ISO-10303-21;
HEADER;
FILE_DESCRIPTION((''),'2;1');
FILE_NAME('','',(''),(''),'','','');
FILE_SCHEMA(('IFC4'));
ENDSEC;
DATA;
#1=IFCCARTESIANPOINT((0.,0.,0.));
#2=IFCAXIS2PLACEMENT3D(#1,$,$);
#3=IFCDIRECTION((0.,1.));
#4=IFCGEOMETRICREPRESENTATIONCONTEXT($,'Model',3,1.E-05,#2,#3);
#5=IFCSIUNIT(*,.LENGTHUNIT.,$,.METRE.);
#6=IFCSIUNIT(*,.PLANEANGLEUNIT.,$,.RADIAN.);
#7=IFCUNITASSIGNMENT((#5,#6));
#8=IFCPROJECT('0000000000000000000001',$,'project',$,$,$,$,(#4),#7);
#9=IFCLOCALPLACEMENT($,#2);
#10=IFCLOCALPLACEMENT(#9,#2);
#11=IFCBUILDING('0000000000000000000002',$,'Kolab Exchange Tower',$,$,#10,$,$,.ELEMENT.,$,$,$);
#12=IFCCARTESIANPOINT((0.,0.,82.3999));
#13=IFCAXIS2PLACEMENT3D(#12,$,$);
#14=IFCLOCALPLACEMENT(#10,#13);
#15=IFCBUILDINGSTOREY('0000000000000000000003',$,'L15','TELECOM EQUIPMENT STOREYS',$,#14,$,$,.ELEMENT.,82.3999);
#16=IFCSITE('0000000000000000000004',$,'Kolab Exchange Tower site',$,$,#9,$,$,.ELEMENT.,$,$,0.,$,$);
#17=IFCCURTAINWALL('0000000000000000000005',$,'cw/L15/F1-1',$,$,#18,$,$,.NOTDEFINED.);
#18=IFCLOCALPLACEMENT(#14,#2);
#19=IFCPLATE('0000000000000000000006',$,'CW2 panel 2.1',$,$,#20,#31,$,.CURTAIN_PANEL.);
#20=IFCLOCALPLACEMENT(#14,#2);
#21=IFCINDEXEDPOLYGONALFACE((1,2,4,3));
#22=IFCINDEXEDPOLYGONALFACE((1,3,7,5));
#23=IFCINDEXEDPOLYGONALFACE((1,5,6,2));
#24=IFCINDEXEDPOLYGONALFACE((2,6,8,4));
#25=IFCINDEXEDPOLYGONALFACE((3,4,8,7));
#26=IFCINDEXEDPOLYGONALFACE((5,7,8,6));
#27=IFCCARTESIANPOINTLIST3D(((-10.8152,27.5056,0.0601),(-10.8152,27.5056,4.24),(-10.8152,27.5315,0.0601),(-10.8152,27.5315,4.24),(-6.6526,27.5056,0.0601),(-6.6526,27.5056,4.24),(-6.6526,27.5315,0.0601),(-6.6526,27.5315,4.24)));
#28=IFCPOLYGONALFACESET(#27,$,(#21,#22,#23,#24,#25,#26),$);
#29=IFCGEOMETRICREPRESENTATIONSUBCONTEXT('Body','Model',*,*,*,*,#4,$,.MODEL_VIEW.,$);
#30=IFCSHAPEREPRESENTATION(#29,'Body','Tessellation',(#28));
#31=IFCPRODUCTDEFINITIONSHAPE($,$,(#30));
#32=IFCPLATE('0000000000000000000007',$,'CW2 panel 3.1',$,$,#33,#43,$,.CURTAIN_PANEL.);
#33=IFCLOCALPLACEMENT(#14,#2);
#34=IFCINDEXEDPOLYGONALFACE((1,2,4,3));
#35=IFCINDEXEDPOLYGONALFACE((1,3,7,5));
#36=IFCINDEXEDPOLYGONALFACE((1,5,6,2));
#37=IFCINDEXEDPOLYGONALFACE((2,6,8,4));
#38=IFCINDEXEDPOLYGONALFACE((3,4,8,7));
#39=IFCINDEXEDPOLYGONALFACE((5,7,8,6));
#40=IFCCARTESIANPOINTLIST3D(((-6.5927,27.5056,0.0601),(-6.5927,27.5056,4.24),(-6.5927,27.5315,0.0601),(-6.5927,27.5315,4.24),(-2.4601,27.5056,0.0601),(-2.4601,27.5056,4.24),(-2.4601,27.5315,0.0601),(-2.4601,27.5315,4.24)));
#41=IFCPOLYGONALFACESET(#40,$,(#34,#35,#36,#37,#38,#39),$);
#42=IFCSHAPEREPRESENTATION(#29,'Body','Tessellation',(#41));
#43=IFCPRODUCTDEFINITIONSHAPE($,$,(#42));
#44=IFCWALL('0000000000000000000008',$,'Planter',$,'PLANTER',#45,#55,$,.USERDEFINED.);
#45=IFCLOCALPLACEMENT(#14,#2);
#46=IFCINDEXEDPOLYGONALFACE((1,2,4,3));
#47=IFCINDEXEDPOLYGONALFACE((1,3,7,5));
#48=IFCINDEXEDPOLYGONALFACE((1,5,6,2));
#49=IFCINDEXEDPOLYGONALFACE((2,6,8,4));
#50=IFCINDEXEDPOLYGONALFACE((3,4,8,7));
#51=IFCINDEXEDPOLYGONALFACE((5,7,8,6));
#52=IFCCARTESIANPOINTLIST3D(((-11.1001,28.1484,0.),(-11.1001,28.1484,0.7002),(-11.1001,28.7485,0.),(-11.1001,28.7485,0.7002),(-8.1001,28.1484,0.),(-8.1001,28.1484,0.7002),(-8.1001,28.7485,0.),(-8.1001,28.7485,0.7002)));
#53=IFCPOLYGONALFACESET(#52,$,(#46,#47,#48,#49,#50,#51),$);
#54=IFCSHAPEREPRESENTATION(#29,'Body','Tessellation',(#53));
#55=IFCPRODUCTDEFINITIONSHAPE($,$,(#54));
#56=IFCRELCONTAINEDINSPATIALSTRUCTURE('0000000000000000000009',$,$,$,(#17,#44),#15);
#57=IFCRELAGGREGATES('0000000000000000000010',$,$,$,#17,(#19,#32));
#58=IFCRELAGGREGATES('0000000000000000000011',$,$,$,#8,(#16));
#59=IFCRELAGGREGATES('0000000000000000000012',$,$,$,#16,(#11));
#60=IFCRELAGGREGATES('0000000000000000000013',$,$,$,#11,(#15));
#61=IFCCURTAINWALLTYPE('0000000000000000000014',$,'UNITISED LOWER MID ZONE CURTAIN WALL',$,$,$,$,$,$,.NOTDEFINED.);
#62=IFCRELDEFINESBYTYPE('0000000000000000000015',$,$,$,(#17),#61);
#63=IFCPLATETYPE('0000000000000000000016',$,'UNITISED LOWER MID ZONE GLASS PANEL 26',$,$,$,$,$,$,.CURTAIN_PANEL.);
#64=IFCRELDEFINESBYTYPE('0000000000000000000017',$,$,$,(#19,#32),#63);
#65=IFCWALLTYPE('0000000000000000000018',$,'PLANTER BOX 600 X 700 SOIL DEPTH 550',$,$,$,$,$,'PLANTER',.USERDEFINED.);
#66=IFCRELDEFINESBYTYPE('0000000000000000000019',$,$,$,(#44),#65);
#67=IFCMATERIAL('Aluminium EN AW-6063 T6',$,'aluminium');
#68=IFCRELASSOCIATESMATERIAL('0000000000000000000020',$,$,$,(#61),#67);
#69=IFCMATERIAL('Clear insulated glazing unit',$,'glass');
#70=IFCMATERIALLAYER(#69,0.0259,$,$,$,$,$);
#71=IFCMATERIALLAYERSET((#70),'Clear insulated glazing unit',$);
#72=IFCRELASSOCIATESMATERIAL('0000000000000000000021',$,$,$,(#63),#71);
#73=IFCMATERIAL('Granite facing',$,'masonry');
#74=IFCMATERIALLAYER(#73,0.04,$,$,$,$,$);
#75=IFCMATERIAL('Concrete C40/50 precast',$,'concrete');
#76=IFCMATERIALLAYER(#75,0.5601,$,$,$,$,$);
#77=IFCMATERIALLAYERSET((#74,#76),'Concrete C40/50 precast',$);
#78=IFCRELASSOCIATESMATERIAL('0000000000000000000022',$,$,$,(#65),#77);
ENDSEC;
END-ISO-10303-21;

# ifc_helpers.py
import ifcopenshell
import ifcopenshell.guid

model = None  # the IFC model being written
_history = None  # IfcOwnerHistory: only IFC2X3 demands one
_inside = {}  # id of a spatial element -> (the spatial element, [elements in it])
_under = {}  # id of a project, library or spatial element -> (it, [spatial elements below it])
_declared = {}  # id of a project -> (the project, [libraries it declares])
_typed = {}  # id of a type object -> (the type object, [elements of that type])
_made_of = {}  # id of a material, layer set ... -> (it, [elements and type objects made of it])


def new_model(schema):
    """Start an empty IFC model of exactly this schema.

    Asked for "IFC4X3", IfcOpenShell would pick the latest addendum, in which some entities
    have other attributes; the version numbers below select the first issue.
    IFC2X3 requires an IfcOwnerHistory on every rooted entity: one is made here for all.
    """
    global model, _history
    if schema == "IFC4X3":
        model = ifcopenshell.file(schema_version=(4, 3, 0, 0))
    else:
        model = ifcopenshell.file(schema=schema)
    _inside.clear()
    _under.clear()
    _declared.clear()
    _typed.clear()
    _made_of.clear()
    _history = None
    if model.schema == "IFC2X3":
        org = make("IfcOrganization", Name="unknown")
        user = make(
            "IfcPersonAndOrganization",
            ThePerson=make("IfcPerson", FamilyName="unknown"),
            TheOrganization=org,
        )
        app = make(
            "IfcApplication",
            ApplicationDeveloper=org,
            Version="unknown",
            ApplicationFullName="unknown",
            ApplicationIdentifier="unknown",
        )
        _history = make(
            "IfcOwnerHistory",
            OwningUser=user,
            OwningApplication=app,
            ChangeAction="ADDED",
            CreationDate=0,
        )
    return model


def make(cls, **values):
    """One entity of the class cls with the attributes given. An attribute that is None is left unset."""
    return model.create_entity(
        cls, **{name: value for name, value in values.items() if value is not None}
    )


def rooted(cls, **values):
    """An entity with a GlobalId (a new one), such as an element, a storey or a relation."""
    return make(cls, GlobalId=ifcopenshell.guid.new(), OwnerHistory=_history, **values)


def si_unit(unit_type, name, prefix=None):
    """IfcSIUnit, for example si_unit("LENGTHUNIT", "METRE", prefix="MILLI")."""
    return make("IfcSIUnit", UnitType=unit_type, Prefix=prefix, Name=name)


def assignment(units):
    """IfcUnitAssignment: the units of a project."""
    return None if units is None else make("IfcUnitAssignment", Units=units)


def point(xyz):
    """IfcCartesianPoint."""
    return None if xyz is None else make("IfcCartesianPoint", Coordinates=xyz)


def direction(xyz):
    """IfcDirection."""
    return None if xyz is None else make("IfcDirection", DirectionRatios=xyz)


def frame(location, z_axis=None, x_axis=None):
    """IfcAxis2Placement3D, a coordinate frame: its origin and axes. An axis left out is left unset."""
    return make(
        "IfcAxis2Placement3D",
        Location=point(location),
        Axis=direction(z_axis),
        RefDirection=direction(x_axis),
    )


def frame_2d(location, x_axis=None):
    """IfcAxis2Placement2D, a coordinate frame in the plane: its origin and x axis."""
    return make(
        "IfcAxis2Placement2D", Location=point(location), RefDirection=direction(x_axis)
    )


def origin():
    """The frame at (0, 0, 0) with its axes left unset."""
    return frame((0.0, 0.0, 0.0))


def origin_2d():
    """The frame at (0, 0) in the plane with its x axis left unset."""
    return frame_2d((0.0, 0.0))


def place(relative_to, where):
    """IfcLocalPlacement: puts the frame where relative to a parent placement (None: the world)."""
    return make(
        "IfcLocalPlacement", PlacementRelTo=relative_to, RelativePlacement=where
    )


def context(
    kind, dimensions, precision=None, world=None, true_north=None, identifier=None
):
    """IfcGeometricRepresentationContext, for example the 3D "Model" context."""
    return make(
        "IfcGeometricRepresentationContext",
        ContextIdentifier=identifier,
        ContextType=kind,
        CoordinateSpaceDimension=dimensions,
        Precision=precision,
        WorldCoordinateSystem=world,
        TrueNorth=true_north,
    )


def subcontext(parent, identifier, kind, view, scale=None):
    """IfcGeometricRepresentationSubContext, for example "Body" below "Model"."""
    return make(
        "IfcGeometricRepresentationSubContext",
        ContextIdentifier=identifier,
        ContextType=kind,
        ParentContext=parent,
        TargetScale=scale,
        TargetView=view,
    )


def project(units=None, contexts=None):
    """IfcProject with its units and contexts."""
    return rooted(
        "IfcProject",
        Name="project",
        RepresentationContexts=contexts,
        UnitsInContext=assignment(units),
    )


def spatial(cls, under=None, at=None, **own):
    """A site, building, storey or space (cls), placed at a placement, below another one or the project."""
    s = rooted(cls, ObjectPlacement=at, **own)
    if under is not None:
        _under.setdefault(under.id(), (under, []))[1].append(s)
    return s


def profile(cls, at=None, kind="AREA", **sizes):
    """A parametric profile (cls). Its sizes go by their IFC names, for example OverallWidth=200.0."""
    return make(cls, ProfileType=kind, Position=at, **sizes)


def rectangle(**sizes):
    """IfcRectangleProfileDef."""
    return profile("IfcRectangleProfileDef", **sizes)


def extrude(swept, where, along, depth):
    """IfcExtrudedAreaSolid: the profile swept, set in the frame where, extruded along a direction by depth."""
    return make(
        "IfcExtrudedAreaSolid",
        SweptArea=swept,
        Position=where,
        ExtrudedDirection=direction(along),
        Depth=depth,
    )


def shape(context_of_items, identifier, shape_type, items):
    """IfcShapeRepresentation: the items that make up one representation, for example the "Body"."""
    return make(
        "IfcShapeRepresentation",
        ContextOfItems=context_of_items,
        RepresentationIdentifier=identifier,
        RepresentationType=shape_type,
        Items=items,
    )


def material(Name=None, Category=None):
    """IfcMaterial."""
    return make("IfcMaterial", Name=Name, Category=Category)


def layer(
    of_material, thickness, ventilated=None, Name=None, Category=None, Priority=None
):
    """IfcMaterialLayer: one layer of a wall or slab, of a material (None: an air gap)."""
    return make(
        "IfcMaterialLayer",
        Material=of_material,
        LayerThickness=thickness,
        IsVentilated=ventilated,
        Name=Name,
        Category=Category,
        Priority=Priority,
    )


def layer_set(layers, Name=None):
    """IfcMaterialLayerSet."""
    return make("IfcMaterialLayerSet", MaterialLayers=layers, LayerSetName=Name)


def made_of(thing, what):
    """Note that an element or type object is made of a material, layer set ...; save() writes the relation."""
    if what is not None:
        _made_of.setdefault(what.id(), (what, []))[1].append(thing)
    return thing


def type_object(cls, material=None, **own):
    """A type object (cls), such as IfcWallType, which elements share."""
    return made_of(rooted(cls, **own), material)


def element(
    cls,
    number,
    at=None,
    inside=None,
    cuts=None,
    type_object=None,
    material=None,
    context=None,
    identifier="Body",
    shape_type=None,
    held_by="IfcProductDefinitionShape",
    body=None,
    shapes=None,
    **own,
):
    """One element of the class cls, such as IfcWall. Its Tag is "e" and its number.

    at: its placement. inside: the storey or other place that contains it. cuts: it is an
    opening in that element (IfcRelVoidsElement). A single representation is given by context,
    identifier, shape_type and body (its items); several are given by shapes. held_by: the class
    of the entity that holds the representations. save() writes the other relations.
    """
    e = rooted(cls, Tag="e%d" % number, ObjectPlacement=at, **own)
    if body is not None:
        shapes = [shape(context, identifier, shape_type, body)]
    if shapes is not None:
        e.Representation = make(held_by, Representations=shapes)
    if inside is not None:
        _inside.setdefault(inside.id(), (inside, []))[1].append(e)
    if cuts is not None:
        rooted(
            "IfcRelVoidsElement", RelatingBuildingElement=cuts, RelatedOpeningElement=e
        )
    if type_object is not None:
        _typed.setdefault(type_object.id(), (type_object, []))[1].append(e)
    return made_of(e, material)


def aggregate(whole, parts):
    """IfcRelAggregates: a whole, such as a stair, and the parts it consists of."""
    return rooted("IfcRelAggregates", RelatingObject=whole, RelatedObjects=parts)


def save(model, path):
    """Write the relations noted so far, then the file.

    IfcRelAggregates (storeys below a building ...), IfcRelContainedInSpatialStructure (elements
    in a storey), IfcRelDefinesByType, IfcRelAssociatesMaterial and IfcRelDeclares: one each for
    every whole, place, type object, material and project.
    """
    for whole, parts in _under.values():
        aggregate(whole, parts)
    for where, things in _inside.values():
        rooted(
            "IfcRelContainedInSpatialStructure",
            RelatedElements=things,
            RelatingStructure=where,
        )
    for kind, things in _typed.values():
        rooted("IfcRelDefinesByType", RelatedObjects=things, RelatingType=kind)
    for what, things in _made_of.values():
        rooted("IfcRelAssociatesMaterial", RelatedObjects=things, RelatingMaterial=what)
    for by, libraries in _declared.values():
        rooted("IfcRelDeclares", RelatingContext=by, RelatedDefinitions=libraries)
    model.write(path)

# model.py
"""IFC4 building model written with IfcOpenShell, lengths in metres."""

from ifc_helpers import new_model, si_unit, direction, frame, frame_2d, origin, origin_2d, place, context, subcontext, project, spatial, rectangle, extrude, material, layer, layer_set, type_object, element, aggregate, save


model = new_model("IFC4")

# Units and contexts
model_context = context("Model", 3, precision=1e-05, world=origin(), true_north=direction((0.0, 1.0)))
body_context = subcontext(model_context, "Body", "Model", "MODEL_VIEW")
ifc_project = project(units=[si_unit("LENGTHUNIT", "METRE"), si_unit("PLANEANGLEUNIT", "RADIAN")], contexts=[model_context])

# Site, building, storey
site_placement = place(None, origin())
site = spatial("IfcSite", under=ifc_project, at=site_placement, Name="Kolab Exchange Tower site", CompositionType="ELEMENT", RefElevation=0.0)
building_placement = place(site_placement, origin())
building = spatial("IfcBuilding", under=site, at=building_placement, Name="Kolab Exchange Tower", CompositionType="ELEMENT")
storey_placement = place(building_placement, frame((0.0, 0.0, 82.3999)))
storey = spatial("IfcBuildingStorey", under=building, at=storey_placement, Name="L15", Description="TELECOM EQUIPMENT STOREYS", CompositionType="ELEMENT", Elevation=82.3999)

# Curtain wall, plates
ifc_material_1 = material(Name="Aluminium EN AW-6063 T6", Category="aluminium")
curtain_wall_type = type_object("IfcCurtainWallType", Name="UNITISED LOWER MID ZONE CURTAIN WALL", PredefinedType="NOTDEFINED", material=ifc_material_1)
curtain_wall_placement = place(storey_placement, origin())
curtain_wall = element("IfcCurtainWall", 1, at=curtain_wall_placement, inside=storey, type_object=curtain_wall_type, Name="cw/L15/F1-1", PredefinedType="NOTDEFINED")
ifc_material_2 = material(Name="Clear insulated glazing unit", Category="glass")
ifc_layer_1 = layer(ifc_material_2, 0.0259)
ifc_layer_set_1 = layer_set([ifc_layer_1], Name="Clear insulated glazing unit")
plate_type = type_object("IfcPlateType", Name="UNITISED LOWER MID ZONE GLASS PANEL 26", PredefinedType="CURTAIN_PANEL", material=ifc_layer_set_1)
plate_1_placement = place(storey_placement, frame((-8.7339, 27.5186, 0.0601), z_axis=(0.0, 0.0, 1.0), x_axis=(1.0, 0.0, 0.0)))
plate_1 = element("IfcPlate", 2, at=plate_1_placement, type_object=plate_type, Name="CW2 panel 2.1", PredefinedType="CURTAIN_PANEL", context=body_context, shape_type="SweptSolid", body=[
    extrude(rectangle(XDim=4.1626, YDim=0.0259, at=origin_2d()), origin(), (0.0, 0.0, 1.0), 4.1799),
])
plate_2_placement = place(storey_placement, frame((-4.5264, 27.5186, 0.0601), z_axis=(0.0, 0.0, 1.0), x_axis=(1.0, 0.0, 0.0)))
plate_2 = element("IfcPlate", 3, at=plate_2_placement, type_object=plate_type, Name="CW2 panel 3.1", PredefinedType="CURTAIN_PANEL", context=body_context, shape_type="SweptSolid", body=[
    extrude(rectangle(XDim=4.1326, YDim=0.0259, at=origin_2d()), origin(), (0.0, 0.0, 1.0), 4.1799),
])
aggregate(curtain_wall, [plate_1, plate_2])

# Wall
ifc_material_3 = material(Name="Granite facing", Category="masonry")
ifc_layer_2 = layer(ifc_material_3, 0.04)
ifc_material_4 = material(Name="Concrete C40/50 precast", Category="concrete")
ifc_layer_3 = layer(ifc_material_4, 0.5601)
ifc_layer_set_2 = layer_set([ifc_layer_2, ifc_layer_3], Name="Concrete C40/50 precast")
wall_type_1 = type_object("IfcWallType", Name="PLANTER BOX 600 X 700 SOIL DEPTH 550", ElementType="PLANTER", PredefinedType="USERDEFINED", material=ifc_layer_set_2)
wall_1_placement = place(storey_placement, frame((-11.1001, 28.4485, 0.0), z_axis=(0.0, 0.0, 1.0), x_axis=(1.0, 0.0, 0.0)))
element("IfcWall", 4, at=wall_1_placement, inside=storey, type_object=wall_type_1, Name="Planter", ObjectType="PLANTER", PredefinedType="USERDEFINED", context=body_context, shape_type="SweptSolid", body=[
    extrude(rectangle(XDim=3.0, YDim=0.6001, at=frame_2d((1.5, 0.0))), origin(), (0.0, 0.0, 1.0), 0.7002),
])

save(model, "model.ifc")
